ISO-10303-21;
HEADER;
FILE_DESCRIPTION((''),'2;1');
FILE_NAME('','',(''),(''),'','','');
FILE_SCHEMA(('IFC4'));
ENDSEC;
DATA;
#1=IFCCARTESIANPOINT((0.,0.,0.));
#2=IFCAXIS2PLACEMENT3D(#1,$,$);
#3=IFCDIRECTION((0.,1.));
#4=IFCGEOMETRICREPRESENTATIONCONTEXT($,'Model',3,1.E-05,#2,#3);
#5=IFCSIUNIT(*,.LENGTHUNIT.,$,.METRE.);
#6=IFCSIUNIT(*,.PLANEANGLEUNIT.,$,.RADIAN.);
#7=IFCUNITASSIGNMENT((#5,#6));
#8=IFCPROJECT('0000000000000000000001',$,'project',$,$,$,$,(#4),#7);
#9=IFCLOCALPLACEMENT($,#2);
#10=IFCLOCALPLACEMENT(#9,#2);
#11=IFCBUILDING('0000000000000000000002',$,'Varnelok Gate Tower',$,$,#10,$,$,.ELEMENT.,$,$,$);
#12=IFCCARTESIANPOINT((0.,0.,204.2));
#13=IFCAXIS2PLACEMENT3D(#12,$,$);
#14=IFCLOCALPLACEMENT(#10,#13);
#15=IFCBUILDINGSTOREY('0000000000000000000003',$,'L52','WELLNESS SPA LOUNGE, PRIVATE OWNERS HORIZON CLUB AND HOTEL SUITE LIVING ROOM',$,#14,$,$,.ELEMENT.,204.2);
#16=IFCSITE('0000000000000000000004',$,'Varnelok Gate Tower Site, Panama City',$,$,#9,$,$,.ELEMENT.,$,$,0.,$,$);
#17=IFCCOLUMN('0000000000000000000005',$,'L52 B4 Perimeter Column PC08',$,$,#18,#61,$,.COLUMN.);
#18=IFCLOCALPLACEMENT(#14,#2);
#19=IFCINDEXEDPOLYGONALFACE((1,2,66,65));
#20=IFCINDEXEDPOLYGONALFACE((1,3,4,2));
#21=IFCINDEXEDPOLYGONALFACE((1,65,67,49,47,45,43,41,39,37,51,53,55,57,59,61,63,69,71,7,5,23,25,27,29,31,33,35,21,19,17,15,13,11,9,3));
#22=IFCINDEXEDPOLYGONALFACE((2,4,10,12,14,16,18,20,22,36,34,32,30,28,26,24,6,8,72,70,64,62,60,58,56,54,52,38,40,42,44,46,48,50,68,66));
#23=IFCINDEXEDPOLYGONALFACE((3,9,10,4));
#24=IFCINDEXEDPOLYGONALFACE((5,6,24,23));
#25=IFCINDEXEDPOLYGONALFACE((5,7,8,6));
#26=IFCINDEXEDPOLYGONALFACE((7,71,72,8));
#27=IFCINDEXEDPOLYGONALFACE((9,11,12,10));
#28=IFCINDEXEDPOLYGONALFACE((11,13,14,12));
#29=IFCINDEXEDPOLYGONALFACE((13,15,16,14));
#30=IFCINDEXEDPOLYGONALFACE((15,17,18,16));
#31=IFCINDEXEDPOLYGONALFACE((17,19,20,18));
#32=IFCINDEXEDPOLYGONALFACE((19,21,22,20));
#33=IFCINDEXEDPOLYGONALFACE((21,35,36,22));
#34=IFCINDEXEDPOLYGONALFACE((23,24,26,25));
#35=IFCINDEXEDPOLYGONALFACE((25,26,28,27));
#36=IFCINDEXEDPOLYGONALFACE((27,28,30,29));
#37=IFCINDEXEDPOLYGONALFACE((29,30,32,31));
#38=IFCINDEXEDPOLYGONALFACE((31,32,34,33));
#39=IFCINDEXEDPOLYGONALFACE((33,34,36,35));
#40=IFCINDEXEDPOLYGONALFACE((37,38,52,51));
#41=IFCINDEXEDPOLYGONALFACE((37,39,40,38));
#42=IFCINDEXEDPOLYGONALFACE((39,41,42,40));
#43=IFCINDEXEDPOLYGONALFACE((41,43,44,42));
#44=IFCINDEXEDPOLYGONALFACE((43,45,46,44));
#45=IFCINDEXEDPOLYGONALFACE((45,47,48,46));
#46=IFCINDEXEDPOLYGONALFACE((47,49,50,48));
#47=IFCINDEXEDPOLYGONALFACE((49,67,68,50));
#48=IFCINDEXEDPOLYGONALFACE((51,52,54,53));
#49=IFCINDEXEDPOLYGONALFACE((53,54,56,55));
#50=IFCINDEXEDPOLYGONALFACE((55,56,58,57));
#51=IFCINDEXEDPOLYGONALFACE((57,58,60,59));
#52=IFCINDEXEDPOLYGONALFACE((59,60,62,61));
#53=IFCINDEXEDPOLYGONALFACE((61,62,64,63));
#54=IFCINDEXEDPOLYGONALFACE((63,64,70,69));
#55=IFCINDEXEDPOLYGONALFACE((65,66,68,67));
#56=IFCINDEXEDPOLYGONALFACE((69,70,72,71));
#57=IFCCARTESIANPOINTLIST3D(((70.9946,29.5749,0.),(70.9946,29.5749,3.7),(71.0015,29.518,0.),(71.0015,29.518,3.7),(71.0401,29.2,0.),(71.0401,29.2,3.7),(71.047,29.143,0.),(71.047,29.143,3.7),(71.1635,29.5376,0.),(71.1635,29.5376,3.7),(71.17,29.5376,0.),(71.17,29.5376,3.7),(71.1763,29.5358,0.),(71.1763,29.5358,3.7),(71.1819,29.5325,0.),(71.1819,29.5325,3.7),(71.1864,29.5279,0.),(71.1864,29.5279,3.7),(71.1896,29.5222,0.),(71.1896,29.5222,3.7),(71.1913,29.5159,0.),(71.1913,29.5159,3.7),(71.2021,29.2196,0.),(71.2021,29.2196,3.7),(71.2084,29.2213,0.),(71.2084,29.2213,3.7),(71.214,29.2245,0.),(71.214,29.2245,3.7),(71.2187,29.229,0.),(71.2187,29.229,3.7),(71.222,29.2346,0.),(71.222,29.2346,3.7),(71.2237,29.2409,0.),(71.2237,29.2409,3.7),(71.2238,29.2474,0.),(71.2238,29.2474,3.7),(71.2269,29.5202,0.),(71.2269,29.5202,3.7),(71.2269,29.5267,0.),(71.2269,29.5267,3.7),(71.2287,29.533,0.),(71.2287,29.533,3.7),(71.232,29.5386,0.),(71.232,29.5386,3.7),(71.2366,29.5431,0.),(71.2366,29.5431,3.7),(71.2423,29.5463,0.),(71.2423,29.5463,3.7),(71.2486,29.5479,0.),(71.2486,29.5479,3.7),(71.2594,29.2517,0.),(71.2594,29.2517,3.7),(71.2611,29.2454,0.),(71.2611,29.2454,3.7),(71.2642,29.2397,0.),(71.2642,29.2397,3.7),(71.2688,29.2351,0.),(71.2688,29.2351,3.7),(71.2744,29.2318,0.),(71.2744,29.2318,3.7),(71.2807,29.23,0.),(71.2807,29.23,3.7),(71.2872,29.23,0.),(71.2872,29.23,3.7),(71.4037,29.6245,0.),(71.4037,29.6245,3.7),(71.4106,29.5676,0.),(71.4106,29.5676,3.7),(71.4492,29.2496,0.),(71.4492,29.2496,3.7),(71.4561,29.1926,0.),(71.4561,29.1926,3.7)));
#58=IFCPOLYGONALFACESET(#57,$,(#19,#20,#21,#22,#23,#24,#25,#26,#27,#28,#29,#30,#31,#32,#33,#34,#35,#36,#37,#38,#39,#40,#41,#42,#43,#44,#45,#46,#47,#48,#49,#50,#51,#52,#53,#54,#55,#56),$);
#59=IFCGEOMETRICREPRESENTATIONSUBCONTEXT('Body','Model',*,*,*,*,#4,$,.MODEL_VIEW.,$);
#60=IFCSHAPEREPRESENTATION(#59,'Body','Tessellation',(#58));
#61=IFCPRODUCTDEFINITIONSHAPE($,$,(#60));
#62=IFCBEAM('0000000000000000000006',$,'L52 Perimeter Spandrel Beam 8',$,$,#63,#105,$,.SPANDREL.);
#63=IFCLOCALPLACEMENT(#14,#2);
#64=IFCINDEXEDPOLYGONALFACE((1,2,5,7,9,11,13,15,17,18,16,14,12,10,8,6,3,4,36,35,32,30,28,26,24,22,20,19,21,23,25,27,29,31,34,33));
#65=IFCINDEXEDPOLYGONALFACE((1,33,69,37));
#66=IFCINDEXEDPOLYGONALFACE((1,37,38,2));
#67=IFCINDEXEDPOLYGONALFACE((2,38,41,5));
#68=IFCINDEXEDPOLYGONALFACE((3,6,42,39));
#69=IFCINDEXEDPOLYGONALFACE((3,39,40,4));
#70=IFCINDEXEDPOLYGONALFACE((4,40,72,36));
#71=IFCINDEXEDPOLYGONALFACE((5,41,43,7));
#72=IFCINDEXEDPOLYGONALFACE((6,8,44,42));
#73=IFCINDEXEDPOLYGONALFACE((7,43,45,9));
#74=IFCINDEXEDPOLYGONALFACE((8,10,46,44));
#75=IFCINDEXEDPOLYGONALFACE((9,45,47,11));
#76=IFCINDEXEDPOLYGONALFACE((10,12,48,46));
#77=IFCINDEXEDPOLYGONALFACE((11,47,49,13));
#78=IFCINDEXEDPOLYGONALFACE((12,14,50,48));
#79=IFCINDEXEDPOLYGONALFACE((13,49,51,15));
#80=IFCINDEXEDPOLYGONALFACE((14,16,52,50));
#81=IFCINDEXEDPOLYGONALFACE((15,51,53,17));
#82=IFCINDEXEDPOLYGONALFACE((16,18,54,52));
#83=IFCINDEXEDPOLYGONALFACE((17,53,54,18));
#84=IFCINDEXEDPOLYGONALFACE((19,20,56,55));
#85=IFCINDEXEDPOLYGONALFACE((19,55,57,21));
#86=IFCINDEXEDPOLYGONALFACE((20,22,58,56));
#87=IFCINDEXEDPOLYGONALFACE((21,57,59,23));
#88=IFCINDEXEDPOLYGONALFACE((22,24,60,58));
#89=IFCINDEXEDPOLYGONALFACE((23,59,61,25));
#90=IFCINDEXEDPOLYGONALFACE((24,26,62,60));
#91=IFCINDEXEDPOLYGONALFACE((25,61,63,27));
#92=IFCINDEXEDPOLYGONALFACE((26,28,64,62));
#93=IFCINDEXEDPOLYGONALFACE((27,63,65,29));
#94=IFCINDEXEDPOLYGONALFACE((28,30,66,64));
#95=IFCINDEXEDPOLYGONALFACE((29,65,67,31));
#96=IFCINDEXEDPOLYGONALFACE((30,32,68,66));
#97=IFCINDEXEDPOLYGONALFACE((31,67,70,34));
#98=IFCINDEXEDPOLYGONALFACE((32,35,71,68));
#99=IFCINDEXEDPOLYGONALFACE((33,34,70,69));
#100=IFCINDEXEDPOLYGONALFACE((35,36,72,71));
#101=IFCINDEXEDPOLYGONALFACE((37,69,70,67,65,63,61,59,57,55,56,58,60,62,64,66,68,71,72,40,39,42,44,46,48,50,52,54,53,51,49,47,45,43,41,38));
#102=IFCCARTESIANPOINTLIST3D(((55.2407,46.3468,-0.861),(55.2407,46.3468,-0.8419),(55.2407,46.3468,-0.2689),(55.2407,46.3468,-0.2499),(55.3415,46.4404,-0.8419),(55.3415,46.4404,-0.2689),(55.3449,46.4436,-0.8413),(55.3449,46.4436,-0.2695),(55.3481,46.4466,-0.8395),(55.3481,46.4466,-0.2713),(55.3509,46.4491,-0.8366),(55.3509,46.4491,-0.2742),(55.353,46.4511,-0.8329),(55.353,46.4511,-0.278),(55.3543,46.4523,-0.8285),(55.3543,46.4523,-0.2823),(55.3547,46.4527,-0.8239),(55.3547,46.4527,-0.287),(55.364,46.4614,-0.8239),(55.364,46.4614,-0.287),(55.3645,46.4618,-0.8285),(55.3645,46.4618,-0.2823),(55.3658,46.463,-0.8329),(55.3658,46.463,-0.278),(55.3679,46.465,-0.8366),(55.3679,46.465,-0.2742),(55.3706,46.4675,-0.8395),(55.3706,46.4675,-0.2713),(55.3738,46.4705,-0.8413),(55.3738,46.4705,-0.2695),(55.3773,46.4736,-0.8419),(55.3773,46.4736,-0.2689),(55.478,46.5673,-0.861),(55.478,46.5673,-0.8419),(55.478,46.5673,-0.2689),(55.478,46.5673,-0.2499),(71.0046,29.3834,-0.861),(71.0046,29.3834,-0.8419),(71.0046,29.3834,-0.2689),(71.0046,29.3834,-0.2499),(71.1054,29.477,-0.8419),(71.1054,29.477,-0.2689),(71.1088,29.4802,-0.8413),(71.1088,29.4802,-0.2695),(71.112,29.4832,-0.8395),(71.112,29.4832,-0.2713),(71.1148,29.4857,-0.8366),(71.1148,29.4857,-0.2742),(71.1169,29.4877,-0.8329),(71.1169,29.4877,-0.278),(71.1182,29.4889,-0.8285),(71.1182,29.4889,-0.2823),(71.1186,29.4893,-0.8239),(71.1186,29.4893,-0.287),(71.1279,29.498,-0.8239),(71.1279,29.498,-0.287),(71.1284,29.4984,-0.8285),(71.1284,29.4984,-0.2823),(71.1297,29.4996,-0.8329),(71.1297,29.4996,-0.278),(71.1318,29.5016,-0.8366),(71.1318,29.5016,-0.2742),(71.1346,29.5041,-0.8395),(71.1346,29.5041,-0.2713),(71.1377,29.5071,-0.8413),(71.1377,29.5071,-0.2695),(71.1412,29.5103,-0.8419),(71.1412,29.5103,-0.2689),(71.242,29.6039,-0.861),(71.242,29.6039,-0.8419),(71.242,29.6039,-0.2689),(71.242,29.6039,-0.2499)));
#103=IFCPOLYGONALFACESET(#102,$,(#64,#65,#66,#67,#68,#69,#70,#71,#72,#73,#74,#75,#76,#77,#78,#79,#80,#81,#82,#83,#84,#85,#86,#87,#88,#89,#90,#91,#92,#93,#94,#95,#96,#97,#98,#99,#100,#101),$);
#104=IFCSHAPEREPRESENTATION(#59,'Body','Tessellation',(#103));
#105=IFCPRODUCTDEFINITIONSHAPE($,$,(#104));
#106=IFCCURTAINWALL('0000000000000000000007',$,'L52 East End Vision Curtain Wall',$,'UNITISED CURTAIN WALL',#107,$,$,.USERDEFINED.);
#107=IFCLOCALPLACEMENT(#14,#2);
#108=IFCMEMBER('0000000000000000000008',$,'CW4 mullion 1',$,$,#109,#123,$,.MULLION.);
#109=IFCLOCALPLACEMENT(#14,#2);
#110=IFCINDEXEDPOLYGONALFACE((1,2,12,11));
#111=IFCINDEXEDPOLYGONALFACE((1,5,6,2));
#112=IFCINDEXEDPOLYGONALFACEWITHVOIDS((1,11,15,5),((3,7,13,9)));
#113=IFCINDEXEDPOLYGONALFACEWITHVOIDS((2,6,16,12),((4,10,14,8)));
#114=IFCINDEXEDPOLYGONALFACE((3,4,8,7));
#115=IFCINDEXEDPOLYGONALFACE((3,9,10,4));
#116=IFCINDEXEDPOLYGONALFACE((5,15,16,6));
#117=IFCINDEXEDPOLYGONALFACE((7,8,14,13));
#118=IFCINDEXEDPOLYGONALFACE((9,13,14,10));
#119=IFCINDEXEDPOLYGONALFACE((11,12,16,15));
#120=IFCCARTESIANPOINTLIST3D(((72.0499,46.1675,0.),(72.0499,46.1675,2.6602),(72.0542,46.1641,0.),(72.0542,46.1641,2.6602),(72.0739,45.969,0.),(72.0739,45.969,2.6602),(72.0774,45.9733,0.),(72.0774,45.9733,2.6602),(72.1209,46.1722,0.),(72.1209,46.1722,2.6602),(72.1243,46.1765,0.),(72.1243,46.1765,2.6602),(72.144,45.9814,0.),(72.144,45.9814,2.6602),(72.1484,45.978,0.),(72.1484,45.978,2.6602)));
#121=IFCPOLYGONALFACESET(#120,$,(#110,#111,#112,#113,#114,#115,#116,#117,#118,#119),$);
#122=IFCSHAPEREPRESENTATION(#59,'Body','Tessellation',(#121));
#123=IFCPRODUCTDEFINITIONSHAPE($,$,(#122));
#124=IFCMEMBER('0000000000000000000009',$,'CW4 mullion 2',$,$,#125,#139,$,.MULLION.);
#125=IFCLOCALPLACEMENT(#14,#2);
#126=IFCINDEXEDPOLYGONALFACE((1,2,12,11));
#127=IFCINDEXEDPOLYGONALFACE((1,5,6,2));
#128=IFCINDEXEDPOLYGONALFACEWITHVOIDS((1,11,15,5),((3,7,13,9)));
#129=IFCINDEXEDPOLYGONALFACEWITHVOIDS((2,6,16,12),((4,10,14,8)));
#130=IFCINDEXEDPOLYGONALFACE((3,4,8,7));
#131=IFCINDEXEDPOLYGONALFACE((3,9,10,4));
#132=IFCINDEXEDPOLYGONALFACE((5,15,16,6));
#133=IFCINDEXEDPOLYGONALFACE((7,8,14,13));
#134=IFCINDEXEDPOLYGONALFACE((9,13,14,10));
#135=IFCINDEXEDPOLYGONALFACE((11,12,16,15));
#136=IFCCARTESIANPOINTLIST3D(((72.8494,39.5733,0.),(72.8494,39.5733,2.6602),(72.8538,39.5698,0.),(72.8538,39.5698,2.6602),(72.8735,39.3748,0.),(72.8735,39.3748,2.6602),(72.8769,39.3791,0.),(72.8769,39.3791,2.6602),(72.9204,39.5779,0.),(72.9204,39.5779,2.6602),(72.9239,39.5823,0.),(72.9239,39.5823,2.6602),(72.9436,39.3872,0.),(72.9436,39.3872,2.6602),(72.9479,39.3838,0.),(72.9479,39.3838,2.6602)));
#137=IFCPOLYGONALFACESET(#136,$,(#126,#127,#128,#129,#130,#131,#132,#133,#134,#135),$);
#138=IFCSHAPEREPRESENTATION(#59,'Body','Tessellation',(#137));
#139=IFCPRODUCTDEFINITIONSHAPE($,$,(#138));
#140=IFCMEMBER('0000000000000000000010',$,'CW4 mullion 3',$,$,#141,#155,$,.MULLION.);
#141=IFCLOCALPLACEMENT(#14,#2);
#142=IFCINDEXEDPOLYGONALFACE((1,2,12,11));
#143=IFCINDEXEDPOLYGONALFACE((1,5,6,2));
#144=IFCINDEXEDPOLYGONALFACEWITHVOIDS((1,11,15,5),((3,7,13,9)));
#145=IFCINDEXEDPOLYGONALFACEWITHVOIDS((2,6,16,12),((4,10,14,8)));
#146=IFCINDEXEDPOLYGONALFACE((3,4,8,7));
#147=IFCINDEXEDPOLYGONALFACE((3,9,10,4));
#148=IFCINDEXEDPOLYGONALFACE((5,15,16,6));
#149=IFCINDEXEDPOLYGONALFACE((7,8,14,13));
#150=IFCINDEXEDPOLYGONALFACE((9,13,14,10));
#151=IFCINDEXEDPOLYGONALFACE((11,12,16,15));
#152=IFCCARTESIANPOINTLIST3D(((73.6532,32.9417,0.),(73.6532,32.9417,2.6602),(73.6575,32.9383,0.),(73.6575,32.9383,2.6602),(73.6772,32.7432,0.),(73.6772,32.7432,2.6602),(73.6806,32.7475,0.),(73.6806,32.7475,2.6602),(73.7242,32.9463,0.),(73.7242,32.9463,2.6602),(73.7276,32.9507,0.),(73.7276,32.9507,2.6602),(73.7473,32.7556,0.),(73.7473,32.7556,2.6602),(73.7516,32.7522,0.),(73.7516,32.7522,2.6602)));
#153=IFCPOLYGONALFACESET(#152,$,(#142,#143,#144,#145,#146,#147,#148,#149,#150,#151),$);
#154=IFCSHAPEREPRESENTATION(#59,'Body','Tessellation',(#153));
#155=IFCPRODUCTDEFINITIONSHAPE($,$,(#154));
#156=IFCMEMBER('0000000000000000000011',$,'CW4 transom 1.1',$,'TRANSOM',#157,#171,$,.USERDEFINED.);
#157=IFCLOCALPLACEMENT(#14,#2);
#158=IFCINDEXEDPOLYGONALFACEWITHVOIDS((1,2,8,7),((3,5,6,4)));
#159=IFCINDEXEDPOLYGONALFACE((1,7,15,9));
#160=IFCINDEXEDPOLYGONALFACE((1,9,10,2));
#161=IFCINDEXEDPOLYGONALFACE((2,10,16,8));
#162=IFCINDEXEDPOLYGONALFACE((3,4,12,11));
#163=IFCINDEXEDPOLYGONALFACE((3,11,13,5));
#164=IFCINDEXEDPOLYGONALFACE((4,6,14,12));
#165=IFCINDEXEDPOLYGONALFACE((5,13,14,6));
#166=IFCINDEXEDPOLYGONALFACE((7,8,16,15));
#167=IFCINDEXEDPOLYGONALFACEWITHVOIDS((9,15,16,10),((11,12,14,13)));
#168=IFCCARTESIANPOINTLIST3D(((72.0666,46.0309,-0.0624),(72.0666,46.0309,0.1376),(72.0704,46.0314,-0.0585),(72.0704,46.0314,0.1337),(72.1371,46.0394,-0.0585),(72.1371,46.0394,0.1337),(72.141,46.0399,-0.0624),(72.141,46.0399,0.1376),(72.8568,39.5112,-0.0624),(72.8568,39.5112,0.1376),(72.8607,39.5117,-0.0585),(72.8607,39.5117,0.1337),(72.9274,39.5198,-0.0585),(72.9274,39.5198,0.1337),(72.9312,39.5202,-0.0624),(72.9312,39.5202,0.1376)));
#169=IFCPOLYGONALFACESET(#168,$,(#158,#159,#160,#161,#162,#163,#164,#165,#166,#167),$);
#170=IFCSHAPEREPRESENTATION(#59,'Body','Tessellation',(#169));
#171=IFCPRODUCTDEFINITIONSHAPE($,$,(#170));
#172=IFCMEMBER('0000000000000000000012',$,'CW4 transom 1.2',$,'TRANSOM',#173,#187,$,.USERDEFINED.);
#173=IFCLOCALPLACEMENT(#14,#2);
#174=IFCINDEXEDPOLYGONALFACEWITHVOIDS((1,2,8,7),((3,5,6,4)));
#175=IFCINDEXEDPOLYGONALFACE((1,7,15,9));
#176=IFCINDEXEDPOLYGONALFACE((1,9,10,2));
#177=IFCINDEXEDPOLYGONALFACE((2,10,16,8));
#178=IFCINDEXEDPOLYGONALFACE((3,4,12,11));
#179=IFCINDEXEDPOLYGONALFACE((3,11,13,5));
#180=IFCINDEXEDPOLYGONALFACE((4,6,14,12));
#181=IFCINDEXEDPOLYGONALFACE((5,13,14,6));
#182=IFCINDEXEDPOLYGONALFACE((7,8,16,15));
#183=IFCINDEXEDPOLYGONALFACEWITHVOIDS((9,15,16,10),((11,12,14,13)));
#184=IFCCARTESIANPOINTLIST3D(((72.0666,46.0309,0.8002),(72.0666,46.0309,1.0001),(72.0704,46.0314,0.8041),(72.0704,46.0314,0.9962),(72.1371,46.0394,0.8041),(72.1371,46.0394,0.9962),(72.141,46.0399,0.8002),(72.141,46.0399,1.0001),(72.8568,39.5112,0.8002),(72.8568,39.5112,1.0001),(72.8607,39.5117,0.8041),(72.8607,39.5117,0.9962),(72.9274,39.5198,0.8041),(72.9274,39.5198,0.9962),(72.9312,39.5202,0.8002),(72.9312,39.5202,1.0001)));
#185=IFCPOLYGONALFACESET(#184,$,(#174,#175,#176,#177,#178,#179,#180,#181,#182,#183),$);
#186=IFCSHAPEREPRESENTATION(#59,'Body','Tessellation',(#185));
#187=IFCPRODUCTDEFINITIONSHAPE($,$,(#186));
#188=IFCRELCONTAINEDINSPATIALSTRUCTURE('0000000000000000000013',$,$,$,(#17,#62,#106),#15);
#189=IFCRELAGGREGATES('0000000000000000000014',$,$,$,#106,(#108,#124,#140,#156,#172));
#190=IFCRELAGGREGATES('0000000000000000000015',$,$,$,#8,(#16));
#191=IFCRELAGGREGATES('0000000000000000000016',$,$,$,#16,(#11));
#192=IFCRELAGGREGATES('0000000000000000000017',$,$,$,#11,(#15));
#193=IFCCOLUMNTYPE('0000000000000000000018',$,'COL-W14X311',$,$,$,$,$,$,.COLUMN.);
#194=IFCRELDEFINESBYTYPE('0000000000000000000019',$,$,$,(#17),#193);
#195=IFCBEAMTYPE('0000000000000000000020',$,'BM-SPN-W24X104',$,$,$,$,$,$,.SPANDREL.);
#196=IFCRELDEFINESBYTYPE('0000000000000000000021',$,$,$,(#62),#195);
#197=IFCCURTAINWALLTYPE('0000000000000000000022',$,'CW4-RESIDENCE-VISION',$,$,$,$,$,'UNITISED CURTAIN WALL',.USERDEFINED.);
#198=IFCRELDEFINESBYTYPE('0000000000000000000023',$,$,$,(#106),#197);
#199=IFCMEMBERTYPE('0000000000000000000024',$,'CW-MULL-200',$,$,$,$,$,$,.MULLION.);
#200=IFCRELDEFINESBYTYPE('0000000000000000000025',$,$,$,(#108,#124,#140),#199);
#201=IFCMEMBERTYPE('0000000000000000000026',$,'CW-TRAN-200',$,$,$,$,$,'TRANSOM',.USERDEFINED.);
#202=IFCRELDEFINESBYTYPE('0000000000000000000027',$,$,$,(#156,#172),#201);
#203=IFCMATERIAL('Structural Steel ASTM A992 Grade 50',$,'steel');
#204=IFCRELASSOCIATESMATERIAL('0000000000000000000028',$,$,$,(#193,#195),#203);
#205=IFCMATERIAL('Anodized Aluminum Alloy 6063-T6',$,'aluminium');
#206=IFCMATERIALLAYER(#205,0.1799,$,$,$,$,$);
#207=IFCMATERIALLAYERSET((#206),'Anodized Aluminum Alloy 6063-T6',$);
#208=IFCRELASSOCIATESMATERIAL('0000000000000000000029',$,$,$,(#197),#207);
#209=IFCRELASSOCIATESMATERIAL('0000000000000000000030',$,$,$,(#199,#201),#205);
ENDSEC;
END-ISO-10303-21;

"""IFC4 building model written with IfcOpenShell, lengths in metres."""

from ifc_helpers import new_model, si_unit, direction, frame, origin, origin_2d, place, context, subcontext, project, spatial, hollow_rectangle, i_section, extrude, material, layer, layer_set, material_profile, profile_set, type_object, element, aggregate, save


model = new_model("IFC4")

# Units and contexts
model_context = context("Model", 3, precision=1e-05, world=origin(), true_north=direction((0.0, 1.0)))
body_context = subcontext(model_context, "Body", "Model", "MODEL_VIEW")
ifc_project = project(units=[si_unit("LENGTHUNIT", "METRE"), si_unit("PLANEANGLEUNIT", "RADIAN")], contexts=[model_context])

# Site, building, storey
site_placement = place(None, origin())
site = spatial("IfcSite", under=ifc_project, at=site_placement, Name="Varnelok Gate Tower Site, Panama City", CompositionType="ELEMENT", RefElevation=0.0)
building_placement = place(site_placement, origin())
building = spatial("IfcBuilding", under=site, at=building_placement, Name="Varnelok Gate Tower", CompositionType="ELEMENT")
storey_placement = place(building_placement, frame((0.0, 0.0, 204.2)))
storey = spatial("IfcBuildingStorey", under=building, at=storey_placement, Name="L52", Description="WELLNESS SPA LOUNGE, PRIVATE OWNERS HORIZON CLUB AND HOTEL SUITE LIVING ROOM", CompositionType="ELEMENT", Elevation=204.2)

# Column
ifc_material_1 = material(Name="Structural Steel ASTM A992 Grade 50", Category="steel")
ifc_material_profile_1 = material_profile(ifc_material_1, i_section(OverallWidth=0.4121, OverallDepth=0.4351, WebThickness=0.0359, FlangeThickness=0.0574, FilletRadius=0.0249, at=origin_2d()), Name="W14X311")
ifc_profile_set_1 = profile_set([ifc_material_profile_1], Name="Structural Steel ASTM A992 Grade 50")
column_type = type_object("IfcColumnType", Name="COL-W14X311", PredefinedType="COLUMN", material=ifc_profile_set_1)
column_placement = place(storey_placement, frame((71.2253, 29.3838, 0.0), z_axis=(0.0, 0.0, 1.0), x_axis=(0.992732, 0.120345, 0.0)))
element("IfcColumn", 1, at=column_placement, inside=storey, type_object=column_type, Name="L52 B4 Perimeter Column PC08", PredefinedType="COLUMN", context=body_context, shape_type="SweptSolid", body=[
    extrude(i_section(OverallWidth=0.4121, OverallDepth=0.4351, WebThickness=0.0359, FlangeThickness=0.0574, FilletRadius=0.0249, at=origin_2d()), origin(), (0.0, 0.0, 1.0), 3.7),
])

# Beam
ifc_material_profile_2 = material_profile(ifc_material_1, i_section(OverallWidth=0.324, OverallDepth=0.6111, WebThickness=0.0127, FlangeThickness=0.019, FilletRadius=0.0181, at=origin_2d()), Name="W24X104")
ifc_profile_set_2 = profile_set([ifc_material_profile_2], Name="Structural Steel ASTM A992 Grade 50")
beam_type = type_object("IfcBeamType", Name="BM-SPN-W24X104", PredefinedType="SPANDREL", material=ifc_profile_set_2)
beam_placement = place(storey_placement, frame((71.1233, 29.4937, -0.5554), z_axis=(-0.680734, 0.732531, 0.0), x_axis=(-0.732531, -0.680734, 0.0)))
element("IfcBeam", 2, at=beam_placement, inside=storey, type_object=beam_type, Name="L52 Perimeter Spandrel Beam 8", PredefinedType="SPANDREL", context=body_context, shape_type="SweptSolid", body=[
    extrude(i_section(OverallWidth=0.324, OverallDepth=0.6111, WebThickness=0.0127, FlangeThickness=0.019, FilletRadius=0.0181, at=origin_2d()), origin(), (0.0, 0.0, 1.0), 23.1572),
])

# Curtain wall, members
ifc_material_2 = material(Name="Anodized Aluminum Alloy 6063-T6", Category="aluminium")
ifc_layer_1 = layer(ifc_material_2, 0.1799)
ifc_layer_set_1 = layer_set([ifc_layer_1], Name="Anodized Aluminum Alloy 6063-T6")
curtain_wall_type = type_object("IfcCurtainWallType", Name="CW4-RESIDENCE-VISION", ElementType="UNITISED CURTAIN WALL", PredefinedType="USERDEFINED", material=ifc_layer_set_1)
curtain_wall_placement = place(storey_placement, origin())
curtain_wall = element("IfcCurtainWall", 3, at=curtain_wall_placement, inside=storey, type_object=curtain_wall_type, Name="L52 East End Vision Curtain Wall", ObjectType="UNITISED CURTAIN WALL", PredefinedType="USERDEFINED")
ifc_material_profile_3 = material_profile(ifc_material_2, hollow_rectangle(XDim=0.075, YDim=0.2, WallThickness=0.0039, at=origin_2d()), Name="ALU200X75X4")
ifc_profile_set_3 = profile_set([ifc_material_profile_3], Name="Anodized Aluminum Alloy 6063-T6")
member_type_1 = type_object("IfcMemberType", Name="CW-MULL-200", PredefinedType="MULLION", material=ifc_profile_set_3)
member_1_placement = place(storey_placement, frame((72.0991, 46.0728, 0.0), z_axis=(0.0, 0.0, 1.0), x_axis=(0.992732, 0.120345, 0.0)))
member_1 = element("IfcMember", 4, at=member_1_placement, type_object=member_type_1, Name="CW4 mullion 1", PredefinedType="MULLION", context=body_context, shape_type="SweptSolid", body=[
    extrude(hollow_rectangle(XDim=0.075, YDim=0.2, WallThickness=0.0039, at=origin_2d()), origin(), (0.0, 0.0, 1.0), 2.6602),
])
member_2_placement = place(storey_placement, frame((72.8987, 39.4785, 0.0), z_axis=(0.0, 0.0, 1.0), x_axis=(0.992732, 0.120345, 0.0)))
member_2 = element("IfcMember", 5, at=member_2_placement, type_object=member_type_1, Name="CW4 mullion 2", PredefinedType="MULLION", context=body_context, shape_type="SweptSolid", body=[
    extrude(hollow_rectangle(XDim=0.075, YDim=0.2, WallThickness=0.0039, at=origin_2d()), origin(), (0.0, 0.0, 1.0), 2.6602),
])
member_3_placement = place(storey_placement, frame((73.7024, 32.8469, 0.0), z_axis=(0.0, 0.0, 1.0), x_axis=(0.992732, 0.120345, 0.0)))
member_3 = element("IfcMember", 6, at=member_3_placement, type_object=member_type_1, Name="CW4 mullion 3", PredefinedType="MULLION", context=body_context, shape_type="SweptSolid", body=[
    extrude(hollow_rectangle(XDim=0.075, YDim=0.2, WallThickness=0.0039, at=origin_2d()), origin(), (0.0, 0.0, 1.0), 2.6602),
])
ifc_material_profile_4 = material_profile(ifc_material_2, hollow_rectangle(XDim=0.075, YDim=0.2, WallThickness=0.0039, at=origin_2d()), Name="ALU200X75X4")
ifc_profile_set_4 = profile_set([ifc_material_profile_4], Name="Anodized Aluminum Alloy 6063-T6")
member_type_2 = type_object("IfcMemberType", Name="CW-TRAN-200", ElementType="TRANSOM", PredefinedType="USERDEFINED", material=ifc_profile_set_4)
member_4_placement = place(storey_placement, frame((72.1038, 46.0354, 0.0376), z_axis=(0.120332, -0.992734, 0.0), x_axis=(0.992734, 0.120332, 0.0)))
member_4 = element("IfcMember", 7, at=member_4_placement, type_object=member_type_2, Name="CW4 transom 1.1", ObjectType="TRANSOM", PredefinedType="USERDEFINED", context=body_context, shape_type="SweptSolid", body=[
    extrude(hollow_rectangle(XDim=0.075, YDim=0.2, WallThickness=0.0039, at=origin_2d()), origin(), (0.0, 0.0, 1.0), 6.5674),
])
member_5_placement = place(storey_placement, frame((72.1038, 46.0354, 0.9001), z_axis=(0.120332, -0.992734, 0.0), x_axis=(0.992734, 0.120332, 0.0)))
member_5 = element("IfcMember", 8, at=member_5_placement, type_object=member_type_2, Name="CW4 transom 1.2", ObjectType="TRANSOM", PredefinedType="USERDEFINED", context=body_context, shape_type="SweptSolid", body=[
    extrude(hollow_rectangle(XDim=0.075, YDim=0.2, WallThickness=0.0039, at=origin_2d()), origin(), (0.0, 0.0, 1.0), 6.5674),
])
aggregate(curtain_wall, [member_1, member_2, member_3, member_4, member_5])

save(model, "model.ifc")
